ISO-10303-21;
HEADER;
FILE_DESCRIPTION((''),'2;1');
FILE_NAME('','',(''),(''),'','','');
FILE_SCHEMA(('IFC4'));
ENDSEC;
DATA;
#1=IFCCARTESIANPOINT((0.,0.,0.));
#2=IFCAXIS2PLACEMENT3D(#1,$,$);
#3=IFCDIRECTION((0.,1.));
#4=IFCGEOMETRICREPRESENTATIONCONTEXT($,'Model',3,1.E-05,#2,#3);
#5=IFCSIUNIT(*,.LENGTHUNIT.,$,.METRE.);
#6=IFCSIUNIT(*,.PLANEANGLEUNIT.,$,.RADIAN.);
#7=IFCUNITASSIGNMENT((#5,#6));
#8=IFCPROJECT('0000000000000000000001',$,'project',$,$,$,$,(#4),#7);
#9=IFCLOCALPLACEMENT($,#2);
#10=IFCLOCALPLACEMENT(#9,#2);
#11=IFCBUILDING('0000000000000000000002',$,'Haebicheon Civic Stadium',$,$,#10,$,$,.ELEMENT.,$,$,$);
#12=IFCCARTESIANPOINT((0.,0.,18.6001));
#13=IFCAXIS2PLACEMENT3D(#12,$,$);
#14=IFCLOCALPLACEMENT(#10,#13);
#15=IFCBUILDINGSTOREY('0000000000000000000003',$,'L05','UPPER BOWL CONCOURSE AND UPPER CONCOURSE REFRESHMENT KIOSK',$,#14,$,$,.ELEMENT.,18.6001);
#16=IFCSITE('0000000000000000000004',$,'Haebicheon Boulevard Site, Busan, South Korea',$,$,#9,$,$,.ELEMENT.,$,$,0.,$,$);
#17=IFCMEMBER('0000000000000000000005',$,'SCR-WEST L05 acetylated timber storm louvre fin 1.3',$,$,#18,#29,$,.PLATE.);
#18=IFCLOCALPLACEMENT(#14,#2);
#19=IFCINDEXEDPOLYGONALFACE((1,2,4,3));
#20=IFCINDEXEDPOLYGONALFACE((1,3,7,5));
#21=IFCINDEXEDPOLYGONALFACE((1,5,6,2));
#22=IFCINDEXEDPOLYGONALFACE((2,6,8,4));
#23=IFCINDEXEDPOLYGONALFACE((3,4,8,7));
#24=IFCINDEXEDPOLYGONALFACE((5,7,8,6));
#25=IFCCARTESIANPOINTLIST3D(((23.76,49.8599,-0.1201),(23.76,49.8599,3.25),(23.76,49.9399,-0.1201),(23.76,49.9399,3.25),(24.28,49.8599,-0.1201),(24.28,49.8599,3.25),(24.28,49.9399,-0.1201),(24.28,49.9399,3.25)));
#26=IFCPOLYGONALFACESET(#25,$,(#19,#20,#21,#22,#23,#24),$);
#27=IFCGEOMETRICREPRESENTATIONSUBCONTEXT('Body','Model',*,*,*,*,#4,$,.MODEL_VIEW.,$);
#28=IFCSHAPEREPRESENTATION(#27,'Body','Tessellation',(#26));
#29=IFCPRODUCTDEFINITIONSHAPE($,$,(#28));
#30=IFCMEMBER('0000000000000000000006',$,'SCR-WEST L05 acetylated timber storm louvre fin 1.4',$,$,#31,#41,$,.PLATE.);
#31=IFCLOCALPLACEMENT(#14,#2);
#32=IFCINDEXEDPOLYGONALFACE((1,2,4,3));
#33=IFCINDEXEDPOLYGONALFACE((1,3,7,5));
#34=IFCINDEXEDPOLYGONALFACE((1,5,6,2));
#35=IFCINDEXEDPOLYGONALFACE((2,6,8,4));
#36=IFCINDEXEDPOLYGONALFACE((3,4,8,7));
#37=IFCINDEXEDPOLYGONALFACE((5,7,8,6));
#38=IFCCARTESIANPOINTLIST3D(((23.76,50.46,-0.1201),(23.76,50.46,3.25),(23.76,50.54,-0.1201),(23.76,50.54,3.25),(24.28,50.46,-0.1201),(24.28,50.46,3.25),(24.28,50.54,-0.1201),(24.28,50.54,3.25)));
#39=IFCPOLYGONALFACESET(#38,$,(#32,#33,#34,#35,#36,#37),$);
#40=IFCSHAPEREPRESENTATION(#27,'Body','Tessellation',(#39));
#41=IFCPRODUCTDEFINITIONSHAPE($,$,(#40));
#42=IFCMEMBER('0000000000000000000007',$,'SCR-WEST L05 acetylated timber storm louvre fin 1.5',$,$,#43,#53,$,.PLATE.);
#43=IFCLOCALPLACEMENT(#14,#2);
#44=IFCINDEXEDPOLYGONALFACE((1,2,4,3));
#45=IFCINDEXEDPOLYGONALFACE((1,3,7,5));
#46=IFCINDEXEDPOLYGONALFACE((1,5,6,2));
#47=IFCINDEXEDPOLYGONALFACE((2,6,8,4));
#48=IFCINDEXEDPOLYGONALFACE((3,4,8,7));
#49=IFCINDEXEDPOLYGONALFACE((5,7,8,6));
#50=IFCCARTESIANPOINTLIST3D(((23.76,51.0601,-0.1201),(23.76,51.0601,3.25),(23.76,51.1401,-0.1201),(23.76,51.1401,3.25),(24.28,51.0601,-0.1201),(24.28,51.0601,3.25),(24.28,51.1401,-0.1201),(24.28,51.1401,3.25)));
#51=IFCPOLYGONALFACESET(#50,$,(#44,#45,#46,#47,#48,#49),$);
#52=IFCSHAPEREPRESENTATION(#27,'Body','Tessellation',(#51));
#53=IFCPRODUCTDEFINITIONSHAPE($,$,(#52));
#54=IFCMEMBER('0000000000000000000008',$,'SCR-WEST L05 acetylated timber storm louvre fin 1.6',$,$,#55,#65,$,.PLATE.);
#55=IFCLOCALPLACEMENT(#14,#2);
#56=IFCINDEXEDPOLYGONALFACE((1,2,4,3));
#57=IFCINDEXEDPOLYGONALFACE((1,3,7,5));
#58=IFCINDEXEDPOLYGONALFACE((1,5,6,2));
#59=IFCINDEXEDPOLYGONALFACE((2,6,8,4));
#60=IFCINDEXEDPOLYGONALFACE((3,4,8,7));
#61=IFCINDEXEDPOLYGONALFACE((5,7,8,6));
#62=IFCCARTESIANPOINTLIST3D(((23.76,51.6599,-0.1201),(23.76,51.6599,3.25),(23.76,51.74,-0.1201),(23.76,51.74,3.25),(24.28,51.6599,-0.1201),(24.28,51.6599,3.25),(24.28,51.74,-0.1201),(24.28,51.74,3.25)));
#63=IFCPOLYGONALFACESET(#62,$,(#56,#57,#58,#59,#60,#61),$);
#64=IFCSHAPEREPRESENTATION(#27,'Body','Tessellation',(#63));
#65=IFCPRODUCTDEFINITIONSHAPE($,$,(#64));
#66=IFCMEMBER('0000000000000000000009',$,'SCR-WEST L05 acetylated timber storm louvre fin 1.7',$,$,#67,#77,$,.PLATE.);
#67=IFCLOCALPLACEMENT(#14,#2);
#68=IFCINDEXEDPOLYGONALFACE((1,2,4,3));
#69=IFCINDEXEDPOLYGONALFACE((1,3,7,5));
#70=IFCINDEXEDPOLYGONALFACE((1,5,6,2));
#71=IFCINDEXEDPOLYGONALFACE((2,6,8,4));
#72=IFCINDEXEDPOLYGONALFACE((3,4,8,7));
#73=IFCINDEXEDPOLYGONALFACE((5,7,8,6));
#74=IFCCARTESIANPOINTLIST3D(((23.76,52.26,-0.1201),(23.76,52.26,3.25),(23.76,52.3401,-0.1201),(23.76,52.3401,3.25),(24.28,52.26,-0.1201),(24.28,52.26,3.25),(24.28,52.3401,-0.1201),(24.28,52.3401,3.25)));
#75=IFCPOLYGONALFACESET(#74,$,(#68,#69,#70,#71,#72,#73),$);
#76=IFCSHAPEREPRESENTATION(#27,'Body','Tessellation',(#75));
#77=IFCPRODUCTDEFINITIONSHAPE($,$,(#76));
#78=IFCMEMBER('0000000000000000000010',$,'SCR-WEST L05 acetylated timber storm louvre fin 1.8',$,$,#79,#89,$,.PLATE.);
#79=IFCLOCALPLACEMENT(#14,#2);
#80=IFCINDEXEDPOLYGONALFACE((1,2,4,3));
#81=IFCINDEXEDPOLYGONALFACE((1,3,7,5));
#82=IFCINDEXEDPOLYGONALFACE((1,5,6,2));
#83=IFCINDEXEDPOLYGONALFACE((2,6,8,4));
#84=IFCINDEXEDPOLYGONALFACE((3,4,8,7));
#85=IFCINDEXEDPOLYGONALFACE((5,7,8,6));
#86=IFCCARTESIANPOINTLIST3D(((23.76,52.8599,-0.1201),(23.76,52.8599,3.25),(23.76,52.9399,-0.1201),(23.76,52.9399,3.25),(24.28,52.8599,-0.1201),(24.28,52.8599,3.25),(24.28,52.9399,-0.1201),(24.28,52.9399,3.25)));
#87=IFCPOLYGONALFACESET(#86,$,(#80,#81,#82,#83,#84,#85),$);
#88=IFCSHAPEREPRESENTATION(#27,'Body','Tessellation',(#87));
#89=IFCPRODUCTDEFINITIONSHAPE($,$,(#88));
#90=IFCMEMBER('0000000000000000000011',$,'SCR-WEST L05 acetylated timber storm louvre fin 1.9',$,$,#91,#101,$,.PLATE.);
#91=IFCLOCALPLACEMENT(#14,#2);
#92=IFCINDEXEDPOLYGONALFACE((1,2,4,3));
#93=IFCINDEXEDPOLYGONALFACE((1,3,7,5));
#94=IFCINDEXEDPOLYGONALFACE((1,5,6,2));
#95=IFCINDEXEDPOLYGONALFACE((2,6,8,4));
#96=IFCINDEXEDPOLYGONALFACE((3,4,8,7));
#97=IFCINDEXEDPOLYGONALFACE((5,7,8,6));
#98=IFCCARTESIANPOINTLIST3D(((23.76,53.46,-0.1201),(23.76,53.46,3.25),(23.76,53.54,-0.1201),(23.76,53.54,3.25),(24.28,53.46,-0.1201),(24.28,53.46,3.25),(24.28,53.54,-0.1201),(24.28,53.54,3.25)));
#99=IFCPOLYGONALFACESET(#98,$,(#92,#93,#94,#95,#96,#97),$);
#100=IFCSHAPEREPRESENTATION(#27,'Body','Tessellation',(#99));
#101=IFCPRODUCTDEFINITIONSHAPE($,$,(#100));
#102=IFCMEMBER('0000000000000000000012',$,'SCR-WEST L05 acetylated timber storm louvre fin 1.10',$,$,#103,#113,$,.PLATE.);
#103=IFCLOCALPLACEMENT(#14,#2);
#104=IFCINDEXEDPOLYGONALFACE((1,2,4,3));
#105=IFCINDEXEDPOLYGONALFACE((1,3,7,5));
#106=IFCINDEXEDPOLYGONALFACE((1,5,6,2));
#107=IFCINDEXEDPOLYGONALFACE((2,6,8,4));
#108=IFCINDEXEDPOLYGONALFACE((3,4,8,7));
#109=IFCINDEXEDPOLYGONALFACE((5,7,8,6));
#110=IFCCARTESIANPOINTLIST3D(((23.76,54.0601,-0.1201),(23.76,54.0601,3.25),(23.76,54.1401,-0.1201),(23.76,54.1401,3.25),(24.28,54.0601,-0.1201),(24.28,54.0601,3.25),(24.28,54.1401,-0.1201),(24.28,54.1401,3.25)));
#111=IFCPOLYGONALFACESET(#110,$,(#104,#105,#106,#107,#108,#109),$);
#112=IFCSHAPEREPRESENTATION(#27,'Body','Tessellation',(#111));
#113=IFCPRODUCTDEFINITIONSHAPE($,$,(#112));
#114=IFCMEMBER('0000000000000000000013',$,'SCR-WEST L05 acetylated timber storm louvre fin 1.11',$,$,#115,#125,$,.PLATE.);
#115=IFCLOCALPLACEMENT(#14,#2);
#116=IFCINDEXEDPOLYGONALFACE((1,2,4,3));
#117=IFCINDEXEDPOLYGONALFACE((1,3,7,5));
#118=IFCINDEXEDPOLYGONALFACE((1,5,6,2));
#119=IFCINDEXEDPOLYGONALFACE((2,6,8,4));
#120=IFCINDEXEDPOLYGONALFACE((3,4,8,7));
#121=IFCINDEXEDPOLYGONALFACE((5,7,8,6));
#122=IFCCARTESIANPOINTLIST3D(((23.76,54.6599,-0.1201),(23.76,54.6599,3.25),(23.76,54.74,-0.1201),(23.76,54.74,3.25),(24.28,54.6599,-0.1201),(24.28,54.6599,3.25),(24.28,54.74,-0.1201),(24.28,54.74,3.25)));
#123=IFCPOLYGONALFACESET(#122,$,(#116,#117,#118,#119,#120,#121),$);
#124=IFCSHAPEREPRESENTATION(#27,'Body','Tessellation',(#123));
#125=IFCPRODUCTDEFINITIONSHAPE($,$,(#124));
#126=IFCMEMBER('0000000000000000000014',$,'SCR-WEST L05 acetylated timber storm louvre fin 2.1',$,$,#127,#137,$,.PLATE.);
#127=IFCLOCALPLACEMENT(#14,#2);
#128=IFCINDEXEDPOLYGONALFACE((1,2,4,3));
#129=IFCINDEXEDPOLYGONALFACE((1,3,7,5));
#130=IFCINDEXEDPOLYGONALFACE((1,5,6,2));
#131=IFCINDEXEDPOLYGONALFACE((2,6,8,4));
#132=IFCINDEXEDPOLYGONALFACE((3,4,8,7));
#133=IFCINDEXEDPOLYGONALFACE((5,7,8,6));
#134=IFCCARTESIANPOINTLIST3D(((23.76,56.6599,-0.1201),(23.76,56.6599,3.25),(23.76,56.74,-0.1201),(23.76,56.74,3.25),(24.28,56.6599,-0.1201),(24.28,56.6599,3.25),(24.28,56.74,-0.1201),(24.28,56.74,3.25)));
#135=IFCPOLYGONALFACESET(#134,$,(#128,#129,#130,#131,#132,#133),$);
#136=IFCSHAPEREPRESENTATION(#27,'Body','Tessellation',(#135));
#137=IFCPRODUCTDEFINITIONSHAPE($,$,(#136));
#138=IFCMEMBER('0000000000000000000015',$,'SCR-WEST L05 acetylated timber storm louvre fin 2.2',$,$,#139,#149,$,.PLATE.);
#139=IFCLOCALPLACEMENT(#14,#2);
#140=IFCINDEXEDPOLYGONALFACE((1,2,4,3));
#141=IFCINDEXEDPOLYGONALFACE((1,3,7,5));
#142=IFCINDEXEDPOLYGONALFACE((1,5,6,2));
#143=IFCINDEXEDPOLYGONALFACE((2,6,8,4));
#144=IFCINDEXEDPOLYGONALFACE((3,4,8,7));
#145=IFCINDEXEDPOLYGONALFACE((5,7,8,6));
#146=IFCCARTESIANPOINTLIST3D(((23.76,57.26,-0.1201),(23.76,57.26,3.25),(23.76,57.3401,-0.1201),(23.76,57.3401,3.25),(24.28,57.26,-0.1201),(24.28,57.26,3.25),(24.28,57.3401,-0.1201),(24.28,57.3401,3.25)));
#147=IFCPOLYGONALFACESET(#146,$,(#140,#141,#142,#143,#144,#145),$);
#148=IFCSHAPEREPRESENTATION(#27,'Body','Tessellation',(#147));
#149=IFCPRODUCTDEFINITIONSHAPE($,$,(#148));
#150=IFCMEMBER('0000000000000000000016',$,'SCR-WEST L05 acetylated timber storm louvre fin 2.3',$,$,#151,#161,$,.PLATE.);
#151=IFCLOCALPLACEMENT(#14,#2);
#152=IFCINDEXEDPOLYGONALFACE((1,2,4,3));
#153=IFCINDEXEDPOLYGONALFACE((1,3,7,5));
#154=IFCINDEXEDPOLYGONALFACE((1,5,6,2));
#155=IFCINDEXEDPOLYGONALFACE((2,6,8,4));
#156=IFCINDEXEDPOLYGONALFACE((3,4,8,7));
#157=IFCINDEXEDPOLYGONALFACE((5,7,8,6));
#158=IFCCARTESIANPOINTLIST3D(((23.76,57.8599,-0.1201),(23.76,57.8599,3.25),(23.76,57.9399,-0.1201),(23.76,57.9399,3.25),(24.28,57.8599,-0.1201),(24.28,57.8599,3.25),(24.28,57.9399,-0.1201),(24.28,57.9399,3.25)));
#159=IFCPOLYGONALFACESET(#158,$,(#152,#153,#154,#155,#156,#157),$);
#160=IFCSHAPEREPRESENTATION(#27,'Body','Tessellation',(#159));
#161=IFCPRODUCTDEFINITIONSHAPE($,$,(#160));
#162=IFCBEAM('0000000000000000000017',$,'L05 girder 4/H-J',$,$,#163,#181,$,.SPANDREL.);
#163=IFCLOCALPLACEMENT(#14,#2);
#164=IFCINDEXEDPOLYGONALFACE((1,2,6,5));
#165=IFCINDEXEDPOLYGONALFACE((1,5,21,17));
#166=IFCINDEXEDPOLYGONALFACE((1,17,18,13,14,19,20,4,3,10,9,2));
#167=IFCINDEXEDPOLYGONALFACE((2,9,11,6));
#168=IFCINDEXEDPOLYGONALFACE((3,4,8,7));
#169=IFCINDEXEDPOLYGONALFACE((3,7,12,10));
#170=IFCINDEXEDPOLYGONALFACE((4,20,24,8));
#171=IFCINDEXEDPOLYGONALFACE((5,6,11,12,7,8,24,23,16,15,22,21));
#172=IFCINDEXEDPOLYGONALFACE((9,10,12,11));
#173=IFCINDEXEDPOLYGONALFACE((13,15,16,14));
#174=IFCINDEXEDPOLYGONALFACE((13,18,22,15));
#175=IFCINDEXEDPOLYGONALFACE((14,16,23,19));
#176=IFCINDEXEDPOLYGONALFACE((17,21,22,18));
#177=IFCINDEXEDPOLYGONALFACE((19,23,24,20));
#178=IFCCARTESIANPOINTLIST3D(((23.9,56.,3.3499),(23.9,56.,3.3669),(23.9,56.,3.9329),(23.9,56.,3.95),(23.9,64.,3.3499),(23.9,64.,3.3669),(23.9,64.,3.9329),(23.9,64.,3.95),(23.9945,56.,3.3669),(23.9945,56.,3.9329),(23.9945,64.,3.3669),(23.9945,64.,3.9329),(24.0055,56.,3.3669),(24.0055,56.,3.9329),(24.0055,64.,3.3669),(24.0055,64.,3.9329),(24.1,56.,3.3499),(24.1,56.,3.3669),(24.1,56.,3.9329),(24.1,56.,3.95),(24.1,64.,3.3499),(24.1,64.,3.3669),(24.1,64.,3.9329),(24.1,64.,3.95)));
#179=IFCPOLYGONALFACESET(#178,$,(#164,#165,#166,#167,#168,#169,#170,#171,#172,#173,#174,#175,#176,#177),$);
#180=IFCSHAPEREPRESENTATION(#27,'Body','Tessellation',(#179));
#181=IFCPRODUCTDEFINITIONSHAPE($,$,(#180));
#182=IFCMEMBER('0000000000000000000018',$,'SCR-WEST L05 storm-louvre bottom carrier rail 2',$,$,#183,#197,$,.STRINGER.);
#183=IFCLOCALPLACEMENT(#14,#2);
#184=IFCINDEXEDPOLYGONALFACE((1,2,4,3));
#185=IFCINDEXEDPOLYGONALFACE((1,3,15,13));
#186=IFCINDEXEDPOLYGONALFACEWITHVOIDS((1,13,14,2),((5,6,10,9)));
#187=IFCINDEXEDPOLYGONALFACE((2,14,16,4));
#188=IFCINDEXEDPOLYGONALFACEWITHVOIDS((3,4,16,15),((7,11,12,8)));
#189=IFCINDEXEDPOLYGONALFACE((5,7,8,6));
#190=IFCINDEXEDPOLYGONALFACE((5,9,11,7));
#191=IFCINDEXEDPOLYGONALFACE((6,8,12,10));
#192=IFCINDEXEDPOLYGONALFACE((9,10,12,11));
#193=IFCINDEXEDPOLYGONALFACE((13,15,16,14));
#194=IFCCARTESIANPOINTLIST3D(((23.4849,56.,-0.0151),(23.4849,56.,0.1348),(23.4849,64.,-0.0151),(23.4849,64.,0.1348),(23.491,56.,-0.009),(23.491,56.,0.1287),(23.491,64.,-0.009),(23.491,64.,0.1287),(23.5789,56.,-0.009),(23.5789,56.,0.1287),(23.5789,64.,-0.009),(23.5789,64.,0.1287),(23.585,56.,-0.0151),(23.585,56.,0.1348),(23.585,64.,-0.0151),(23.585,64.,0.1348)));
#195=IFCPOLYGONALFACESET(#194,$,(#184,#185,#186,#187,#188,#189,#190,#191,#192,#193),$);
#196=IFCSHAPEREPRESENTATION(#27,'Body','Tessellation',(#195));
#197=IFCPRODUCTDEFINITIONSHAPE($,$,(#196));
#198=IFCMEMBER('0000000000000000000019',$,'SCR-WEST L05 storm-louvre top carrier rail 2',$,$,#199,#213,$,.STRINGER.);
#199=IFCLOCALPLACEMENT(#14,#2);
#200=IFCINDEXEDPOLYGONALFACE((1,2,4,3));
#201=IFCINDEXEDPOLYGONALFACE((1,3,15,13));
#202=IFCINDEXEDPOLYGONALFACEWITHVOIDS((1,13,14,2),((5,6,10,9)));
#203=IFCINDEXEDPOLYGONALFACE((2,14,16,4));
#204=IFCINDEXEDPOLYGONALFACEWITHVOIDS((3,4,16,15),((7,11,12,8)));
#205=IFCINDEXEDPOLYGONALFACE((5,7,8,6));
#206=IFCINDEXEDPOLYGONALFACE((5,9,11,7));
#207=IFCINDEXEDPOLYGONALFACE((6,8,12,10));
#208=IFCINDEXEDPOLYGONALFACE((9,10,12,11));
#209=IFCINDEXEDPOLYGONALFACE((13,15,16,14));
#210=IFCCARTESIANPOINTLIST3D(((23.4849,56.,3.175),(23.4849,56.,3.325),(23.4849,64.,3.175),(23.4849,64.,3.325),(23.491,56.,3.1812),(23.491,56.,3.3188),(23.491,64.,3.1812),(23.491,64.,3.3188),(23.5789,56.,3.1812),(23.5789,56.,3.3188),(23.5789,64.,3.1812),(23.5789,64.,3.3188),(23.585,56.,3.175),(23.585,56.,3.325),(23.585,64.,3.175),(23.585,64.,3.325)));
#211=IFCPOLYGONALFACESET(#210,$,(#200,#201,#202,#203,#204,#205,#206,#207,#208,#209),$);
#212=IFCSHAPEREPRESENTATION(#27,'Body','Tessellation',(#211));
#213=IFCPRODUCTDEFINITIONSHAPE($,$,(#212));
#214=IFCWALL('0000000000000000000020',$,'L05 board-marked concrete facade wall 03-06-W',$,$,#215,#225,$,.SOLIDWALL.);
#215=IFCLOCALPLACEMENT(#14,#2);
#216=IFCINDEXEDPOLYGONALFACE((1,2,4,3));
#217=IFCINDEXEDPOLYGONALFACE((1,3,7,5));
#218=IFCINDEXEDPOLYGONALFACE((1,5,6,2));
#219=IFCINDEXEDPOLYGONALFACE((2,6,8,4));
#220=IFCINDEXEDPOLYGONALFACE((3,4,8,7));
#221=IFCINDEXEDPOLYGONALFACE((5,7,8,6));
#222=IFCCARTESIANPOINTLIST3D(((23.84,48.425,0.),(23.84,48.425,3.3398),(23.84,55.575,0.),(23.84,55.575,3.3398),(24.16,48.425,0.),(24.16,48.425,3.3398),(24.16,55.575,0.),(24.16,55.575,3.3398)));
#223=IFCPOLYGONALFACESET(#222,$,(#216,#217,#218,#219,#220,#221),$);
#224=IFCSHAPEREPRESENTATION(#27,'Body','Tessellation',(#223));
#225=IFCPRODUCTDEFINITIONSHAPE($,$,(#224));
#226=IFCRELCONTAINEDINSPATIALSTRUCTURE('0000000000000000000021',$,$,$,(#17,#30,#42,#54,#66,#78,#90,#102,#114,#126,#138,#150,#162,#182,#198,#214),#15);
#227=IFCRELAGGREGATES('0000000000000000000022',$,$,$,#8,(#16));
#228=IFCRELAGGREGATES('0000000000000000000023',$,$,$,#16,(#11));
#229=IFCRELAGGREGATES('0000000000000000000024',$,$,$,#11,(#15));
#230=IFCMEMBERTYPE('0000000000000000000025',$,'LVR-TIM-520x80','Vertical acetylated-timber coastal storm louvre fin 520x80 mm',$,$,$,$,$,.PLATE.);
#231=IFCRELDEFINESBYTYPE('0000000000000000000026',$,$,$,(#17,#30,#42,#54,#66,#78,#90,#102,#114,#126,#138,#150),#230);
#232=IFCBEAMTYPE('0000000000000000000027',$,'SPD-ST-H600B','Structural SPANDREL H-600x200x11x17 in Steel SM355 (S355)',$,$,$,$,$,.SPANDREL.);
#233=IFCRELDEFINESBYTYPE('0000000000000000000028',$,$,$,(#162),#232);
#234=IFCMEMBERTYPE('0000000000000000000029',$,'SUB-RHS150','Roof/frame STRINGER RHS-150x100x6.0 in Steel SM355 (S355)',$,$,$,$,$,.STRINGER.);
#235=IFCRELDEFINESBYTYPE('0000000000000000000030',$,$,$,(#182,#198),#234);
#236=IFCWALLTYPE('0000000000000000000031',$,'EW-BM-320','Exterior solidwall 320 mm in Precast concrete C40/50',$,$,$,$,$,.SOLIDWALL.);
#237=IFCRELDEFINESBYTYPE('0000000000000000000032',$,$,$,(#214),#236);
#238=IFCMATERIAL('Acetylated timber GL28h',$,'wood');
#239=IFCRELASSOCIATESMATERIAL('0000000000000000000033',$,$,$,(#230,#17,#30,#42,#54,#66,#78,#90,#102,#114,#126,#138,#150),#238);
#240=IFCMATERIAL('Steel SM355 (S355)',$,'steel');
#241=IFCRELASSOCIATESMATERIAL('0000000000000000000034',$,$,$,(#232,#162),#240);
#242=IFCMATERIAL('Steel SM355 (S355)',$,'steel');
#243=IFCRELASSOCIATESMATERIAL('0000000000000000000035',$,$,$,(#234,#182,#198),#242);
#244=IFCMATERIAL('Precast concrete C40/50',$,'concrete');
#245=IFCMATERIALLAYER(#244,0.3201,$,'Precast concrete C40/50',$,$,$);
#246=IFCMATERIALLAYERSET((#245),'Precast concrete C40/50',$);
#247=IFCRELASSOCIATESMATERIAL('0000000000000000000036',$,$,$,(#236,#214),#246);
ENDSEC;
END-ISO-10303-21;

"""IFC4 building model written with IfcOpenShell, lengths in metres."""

from ifc_helpers import new_model, si_unit, direction, frame, frame_2d, origin, origin_2d, place, context, subcontext, project, spatial, rectangle, hollow_rectangle, i_section, extrude, material, layer, layer_set, material_profile, profile_set, type_object, element, save


model = new_model("IFC4")

# Units and contexts
model_context = context("Model", 3, precision=1e-05, world=origin(), true_north=direction((0.0, 1.0)))
body_context = subcontext(model_context, "Body", "Model", "MODEL_VIEW")
ifc_project = project(units=[si_unit("LENGTHUNIT", "METRE"), si_unit("PLANEANGLEUNIT", "RADIAN")], contexts=[model_context])

# Site, building, storey
site_placement = place(None, origin())
site = spatial("IfcSite", under=ifc_project, at=site_placement, Name="Haebicheon Boulevard Site, Busan, South Korea", CompositionType="ELEMENT", RefElevation=0.0)
building_placement = place(site_placement, origin())
building = spatial("IfcBuilding", under=site, at=building_placement, Name="Haebicheon Civic Stadium", CompositionType="ELEMENT")
storey_placement = place(building_placement, frame((0.0, 0.0, 18.6001)))
storey = spatial("IfcBuildingStorey", under=building, at=storey_placement, Name="L05", Description="UPPER BOWL CONCOURSE AND UPPER CONCOURSE REFRESHMENT KIOSK", CompositionType="ELEMENT", Elevation=18.6001)

# Members
ifc_material_1 = material(Name="Acetylated timber GL28h", Category="wood")
ifc_material_profile_1 = material_profile(ifc_material_1, rectangle(XDim=0.0801, YDim=0.52, at=origin_2d()), Name="TMB-LOUV-80x520")
ifc_profile_set_1 = profile_set([ifc_material_profile_1], Name="Acetylated timber GL28h")
member_type_1 = type_object("IfcMemberType", Name="LVR-TIM-520x80", Description="Vertical acetylated-timber coastal storm louvre fin 520x80 mm", PredefinedType="PLATE", material=ifc_profile_set_1)
for number, where, z_axis, x_axis, name in (
    (1, (24.02, 49.8999, -0.1201), (0.0, 0.0, 1.0), (0.0, 1.0, 0.0), "SCR-WEST L05 acetylated timber storm louvre fin 1.3"),
    (2, (24.02, 50.5, -0.1201), (0.0, 0.0, 1.0), (0.0, 1.0, 0.0), "SCR-WEST L05 acetylated timber storm louvre fin 1.4"),
    (3, (24.02, 51.1001, -0.1201), (0.0, 0.0, 1.0), (0.0, 1.0, 0.0), "SCR-WEST L05 acetylated timber storm louvre fin 1.5"),
    (4, (24.02, 51.7, -0.1201), (0.0, 0.0, 1.0), (0.0, 1.0, 0.0), "SCR-WEST L05 acetylated timber storm louvre fin 1.6"),
    (5, (24.02, 52.3, -0.1201), (0.0, 0.0, 1.0), (0.0, 1.0, 0.0), "SCR-WEST L05 acetylated timber storm louvre fin 1.7"),
    (6, (24.02, 52.8999, -0.1201), (0.0, 0.0, 1.0), (0.0, 1.0, 0.0), "SCR-WEST L05 acetylated timber storm louvre fin 1.8"),
    (7, (24.02, 53.5, -0.1201), (0.0, 0.0, 1.0), (0.0, 1.0, 0.0), "SCR-WEST L05 acetylated timber storm louvre fin 1.9"),
    (8, (24.02, 54.1001, -0.1201), (0.0, 0.0, 1.0), (0.0, 1.0, 0.0), "SCR-WEST L05 acetylated timber storm louvre fin 1.10"),
    (9, (24.02, 54.7, -0.1201), (0.0, 0.0, 1.0), (0.0, 1.0, 0.0), "SCR-WEST L05 acetylated timber storm louvre fin 1.11"),
    (10, (24.02, 56.7, -0.1201), (0.0, 0.0, 1.0), (0.0, 1.0, 0.0), "SCR-WEST L05 acetylated timber storm louvre fin 2.1"),
    (11, (24.02, 57.3, -0.1201), (0.0, 0.0, 1.0), (0.0, 1.0, 0.0), "SCR-WEST L05 acetylated timber storm louvre fin 2.2"),
    (12, (24.02, 57.8999, -0.1201), (0.0, 0.0, 1.0), (0.0, 1.0, 0.0), "SCR-WEST L05 acetylated timber storm louvre fin 2.3"),
):
    element("IfcMember", number, at=place(storey_placement, frame(where, z_axis=z_axis, x_axis=x_axis)), inside=storey, type_object=member_type_1, material=ifc_profile_set_1, Name=name, PredefinedType="PLATE", context=body_context, shape_type="SweptSolid", body=[
        extrude(rectangle(XDim=0.0801, YDim=0.52, at=origin_2d()), origin(), (0.0, 0.0, 1.0), 3.3701),
    ])

# Beam
ifc_material_2 = material(Name="Steel SM355 (S355)", Category="steel")
ifc_material_profile_2 = material_profile(ifc_material_2, i_section(OverallWidth=0.2, OverallDepth=0.6001, WebThickness=0.011, FlangeThickness=0.0171, at=origin_2d()), Name="H-600x200x11x17")
ifc_profile_set_2 = profile_set([ifc_material_profile_2], Name="Steel SM355 (S355)")
beam_type_1 = type_object("IfcBeamType", Name="SPD-ST-H600B", Description="Structural SPANDREL H-600x200x11x17 in Steel SM355 (S355)", PredefinedType="SPANDREL", material=ifc_profile_set_2)
beam_1_placement = place(storey_placement, frame((24.0, 56.0, 3.6499), z_axis=(0.0, 1.0, 0.0), x_axis=(-1.0, 0.0, 0.0)))
element("IfcBeam", 13, at=beam_1_placement, inside=storey, type_object=beam_type_1, material=ifc_profile_set_2, Name="L05 girder 4/H-J", PredefinedType="SPANDREL", context=body_context, shape_type="SweptSolid", body=[
    extrude(i_section(OverallWidth=0.2, OverallDepth=0.6001, WebThickness=0.011, FlangeThickness=0.0171, at=origin_2d()), origin(), (0.0, 0.0, 1.0), 8.0),
])

# Members
ifc_material_3 = material(Name="Steel SM355 (S355)", Category="steel")
ifc_material_profile_3 = material_profile(ifc_material_3, hollow_rectangle(XDim=0.1001, YDim=0.1499, WallThickness=0.0061, at=origin_2d()), Name="RHS-150x100x6.0")
ifc_profile_set_3 = profile_set([ifc_material_profile_3], Name="Steel SM355 (S355)")
member_type_2 = type_object("IfcMemberType", Name="SUB-RHS150", Description="Roof/frame STRINGER RHS-150x100x6.0 in Steel SM355 (S355)", PredefinedType="STRINGER", material=ifc_profile_set_3)
for number, where, z_axis, x_axis, name in (
    (14, (23.5349, 56.0, 0.0598), (0.0, 1.0, 0.0), (-1.0, 0.0, 0.0), "SCR-WEST L05 storm-louvre bottom carrier rail 2"),
    (15, (23.5349, 56.0, 3.25), (0.0, 1.0, 0.0), (-1.0, 0.0, 0.0), "SCR-WEST L05 storm-louvre top carrier rail 2"),
):
    element("IfcMember", number, at=place(storey_placement, frame(where, z_axis=z_axis, x_axis=x_axis)), inside=storey, type_object=member_type_2, material=ifc_profile_set_3, Name=name, PredefinedType="STRINGER", context=body_context, shape_type="SweptSolid", body=[
        extrude(hollow_rectangle(XDim=0.1001, YDim=0.1499, WallThickness=0.0061, at=origin_2d()), origin(), (0.0, 0.0, 1.0), 8.0),
    ])

# Wall
ifc_material_4 = material(Name="Precast concrete C40/50", Category="concrete")
ifc_layer_1 = layer(ifc_material_4, 0.3201, Name="Precast concrete C40/50")
ifc_layer_set_1 = layer_set([ifc_layer_1], Name="Precast concrete C40/50")
wall_type = type_object("IfcWallType", Name="EW-BM-320", Description="Exterior solidwall 320 mm in Precast concrete C40/50", PredefinedType="SOLIDWALL", material=ifc_layer_set_1)
wall_1_placement = place(storey_placement, frame((24.0, 48.425, 0.0), z_axis=(0.0, 0.0, 1.0), x_axis=(0.0, 1.0, 0.0)))
element("IfcWall", 16, at=wall_1_placement, inside=storey, type_object=wall_type, material=ifc_layer_set_1, Name="L05 board-marked concrete facade wall 03-06-W", PredefinedType="SOLIDWALL", context=body_context, shape_type="SweptSolid", body=[
    extrude(rectangle(XDim=7.1499, YDim=0.3201, at=frame_2d((3.575, 0.0))), origin(), (0.0, 0.0, 1.0), 3.3398),
])

save(model, "model.ifc")
